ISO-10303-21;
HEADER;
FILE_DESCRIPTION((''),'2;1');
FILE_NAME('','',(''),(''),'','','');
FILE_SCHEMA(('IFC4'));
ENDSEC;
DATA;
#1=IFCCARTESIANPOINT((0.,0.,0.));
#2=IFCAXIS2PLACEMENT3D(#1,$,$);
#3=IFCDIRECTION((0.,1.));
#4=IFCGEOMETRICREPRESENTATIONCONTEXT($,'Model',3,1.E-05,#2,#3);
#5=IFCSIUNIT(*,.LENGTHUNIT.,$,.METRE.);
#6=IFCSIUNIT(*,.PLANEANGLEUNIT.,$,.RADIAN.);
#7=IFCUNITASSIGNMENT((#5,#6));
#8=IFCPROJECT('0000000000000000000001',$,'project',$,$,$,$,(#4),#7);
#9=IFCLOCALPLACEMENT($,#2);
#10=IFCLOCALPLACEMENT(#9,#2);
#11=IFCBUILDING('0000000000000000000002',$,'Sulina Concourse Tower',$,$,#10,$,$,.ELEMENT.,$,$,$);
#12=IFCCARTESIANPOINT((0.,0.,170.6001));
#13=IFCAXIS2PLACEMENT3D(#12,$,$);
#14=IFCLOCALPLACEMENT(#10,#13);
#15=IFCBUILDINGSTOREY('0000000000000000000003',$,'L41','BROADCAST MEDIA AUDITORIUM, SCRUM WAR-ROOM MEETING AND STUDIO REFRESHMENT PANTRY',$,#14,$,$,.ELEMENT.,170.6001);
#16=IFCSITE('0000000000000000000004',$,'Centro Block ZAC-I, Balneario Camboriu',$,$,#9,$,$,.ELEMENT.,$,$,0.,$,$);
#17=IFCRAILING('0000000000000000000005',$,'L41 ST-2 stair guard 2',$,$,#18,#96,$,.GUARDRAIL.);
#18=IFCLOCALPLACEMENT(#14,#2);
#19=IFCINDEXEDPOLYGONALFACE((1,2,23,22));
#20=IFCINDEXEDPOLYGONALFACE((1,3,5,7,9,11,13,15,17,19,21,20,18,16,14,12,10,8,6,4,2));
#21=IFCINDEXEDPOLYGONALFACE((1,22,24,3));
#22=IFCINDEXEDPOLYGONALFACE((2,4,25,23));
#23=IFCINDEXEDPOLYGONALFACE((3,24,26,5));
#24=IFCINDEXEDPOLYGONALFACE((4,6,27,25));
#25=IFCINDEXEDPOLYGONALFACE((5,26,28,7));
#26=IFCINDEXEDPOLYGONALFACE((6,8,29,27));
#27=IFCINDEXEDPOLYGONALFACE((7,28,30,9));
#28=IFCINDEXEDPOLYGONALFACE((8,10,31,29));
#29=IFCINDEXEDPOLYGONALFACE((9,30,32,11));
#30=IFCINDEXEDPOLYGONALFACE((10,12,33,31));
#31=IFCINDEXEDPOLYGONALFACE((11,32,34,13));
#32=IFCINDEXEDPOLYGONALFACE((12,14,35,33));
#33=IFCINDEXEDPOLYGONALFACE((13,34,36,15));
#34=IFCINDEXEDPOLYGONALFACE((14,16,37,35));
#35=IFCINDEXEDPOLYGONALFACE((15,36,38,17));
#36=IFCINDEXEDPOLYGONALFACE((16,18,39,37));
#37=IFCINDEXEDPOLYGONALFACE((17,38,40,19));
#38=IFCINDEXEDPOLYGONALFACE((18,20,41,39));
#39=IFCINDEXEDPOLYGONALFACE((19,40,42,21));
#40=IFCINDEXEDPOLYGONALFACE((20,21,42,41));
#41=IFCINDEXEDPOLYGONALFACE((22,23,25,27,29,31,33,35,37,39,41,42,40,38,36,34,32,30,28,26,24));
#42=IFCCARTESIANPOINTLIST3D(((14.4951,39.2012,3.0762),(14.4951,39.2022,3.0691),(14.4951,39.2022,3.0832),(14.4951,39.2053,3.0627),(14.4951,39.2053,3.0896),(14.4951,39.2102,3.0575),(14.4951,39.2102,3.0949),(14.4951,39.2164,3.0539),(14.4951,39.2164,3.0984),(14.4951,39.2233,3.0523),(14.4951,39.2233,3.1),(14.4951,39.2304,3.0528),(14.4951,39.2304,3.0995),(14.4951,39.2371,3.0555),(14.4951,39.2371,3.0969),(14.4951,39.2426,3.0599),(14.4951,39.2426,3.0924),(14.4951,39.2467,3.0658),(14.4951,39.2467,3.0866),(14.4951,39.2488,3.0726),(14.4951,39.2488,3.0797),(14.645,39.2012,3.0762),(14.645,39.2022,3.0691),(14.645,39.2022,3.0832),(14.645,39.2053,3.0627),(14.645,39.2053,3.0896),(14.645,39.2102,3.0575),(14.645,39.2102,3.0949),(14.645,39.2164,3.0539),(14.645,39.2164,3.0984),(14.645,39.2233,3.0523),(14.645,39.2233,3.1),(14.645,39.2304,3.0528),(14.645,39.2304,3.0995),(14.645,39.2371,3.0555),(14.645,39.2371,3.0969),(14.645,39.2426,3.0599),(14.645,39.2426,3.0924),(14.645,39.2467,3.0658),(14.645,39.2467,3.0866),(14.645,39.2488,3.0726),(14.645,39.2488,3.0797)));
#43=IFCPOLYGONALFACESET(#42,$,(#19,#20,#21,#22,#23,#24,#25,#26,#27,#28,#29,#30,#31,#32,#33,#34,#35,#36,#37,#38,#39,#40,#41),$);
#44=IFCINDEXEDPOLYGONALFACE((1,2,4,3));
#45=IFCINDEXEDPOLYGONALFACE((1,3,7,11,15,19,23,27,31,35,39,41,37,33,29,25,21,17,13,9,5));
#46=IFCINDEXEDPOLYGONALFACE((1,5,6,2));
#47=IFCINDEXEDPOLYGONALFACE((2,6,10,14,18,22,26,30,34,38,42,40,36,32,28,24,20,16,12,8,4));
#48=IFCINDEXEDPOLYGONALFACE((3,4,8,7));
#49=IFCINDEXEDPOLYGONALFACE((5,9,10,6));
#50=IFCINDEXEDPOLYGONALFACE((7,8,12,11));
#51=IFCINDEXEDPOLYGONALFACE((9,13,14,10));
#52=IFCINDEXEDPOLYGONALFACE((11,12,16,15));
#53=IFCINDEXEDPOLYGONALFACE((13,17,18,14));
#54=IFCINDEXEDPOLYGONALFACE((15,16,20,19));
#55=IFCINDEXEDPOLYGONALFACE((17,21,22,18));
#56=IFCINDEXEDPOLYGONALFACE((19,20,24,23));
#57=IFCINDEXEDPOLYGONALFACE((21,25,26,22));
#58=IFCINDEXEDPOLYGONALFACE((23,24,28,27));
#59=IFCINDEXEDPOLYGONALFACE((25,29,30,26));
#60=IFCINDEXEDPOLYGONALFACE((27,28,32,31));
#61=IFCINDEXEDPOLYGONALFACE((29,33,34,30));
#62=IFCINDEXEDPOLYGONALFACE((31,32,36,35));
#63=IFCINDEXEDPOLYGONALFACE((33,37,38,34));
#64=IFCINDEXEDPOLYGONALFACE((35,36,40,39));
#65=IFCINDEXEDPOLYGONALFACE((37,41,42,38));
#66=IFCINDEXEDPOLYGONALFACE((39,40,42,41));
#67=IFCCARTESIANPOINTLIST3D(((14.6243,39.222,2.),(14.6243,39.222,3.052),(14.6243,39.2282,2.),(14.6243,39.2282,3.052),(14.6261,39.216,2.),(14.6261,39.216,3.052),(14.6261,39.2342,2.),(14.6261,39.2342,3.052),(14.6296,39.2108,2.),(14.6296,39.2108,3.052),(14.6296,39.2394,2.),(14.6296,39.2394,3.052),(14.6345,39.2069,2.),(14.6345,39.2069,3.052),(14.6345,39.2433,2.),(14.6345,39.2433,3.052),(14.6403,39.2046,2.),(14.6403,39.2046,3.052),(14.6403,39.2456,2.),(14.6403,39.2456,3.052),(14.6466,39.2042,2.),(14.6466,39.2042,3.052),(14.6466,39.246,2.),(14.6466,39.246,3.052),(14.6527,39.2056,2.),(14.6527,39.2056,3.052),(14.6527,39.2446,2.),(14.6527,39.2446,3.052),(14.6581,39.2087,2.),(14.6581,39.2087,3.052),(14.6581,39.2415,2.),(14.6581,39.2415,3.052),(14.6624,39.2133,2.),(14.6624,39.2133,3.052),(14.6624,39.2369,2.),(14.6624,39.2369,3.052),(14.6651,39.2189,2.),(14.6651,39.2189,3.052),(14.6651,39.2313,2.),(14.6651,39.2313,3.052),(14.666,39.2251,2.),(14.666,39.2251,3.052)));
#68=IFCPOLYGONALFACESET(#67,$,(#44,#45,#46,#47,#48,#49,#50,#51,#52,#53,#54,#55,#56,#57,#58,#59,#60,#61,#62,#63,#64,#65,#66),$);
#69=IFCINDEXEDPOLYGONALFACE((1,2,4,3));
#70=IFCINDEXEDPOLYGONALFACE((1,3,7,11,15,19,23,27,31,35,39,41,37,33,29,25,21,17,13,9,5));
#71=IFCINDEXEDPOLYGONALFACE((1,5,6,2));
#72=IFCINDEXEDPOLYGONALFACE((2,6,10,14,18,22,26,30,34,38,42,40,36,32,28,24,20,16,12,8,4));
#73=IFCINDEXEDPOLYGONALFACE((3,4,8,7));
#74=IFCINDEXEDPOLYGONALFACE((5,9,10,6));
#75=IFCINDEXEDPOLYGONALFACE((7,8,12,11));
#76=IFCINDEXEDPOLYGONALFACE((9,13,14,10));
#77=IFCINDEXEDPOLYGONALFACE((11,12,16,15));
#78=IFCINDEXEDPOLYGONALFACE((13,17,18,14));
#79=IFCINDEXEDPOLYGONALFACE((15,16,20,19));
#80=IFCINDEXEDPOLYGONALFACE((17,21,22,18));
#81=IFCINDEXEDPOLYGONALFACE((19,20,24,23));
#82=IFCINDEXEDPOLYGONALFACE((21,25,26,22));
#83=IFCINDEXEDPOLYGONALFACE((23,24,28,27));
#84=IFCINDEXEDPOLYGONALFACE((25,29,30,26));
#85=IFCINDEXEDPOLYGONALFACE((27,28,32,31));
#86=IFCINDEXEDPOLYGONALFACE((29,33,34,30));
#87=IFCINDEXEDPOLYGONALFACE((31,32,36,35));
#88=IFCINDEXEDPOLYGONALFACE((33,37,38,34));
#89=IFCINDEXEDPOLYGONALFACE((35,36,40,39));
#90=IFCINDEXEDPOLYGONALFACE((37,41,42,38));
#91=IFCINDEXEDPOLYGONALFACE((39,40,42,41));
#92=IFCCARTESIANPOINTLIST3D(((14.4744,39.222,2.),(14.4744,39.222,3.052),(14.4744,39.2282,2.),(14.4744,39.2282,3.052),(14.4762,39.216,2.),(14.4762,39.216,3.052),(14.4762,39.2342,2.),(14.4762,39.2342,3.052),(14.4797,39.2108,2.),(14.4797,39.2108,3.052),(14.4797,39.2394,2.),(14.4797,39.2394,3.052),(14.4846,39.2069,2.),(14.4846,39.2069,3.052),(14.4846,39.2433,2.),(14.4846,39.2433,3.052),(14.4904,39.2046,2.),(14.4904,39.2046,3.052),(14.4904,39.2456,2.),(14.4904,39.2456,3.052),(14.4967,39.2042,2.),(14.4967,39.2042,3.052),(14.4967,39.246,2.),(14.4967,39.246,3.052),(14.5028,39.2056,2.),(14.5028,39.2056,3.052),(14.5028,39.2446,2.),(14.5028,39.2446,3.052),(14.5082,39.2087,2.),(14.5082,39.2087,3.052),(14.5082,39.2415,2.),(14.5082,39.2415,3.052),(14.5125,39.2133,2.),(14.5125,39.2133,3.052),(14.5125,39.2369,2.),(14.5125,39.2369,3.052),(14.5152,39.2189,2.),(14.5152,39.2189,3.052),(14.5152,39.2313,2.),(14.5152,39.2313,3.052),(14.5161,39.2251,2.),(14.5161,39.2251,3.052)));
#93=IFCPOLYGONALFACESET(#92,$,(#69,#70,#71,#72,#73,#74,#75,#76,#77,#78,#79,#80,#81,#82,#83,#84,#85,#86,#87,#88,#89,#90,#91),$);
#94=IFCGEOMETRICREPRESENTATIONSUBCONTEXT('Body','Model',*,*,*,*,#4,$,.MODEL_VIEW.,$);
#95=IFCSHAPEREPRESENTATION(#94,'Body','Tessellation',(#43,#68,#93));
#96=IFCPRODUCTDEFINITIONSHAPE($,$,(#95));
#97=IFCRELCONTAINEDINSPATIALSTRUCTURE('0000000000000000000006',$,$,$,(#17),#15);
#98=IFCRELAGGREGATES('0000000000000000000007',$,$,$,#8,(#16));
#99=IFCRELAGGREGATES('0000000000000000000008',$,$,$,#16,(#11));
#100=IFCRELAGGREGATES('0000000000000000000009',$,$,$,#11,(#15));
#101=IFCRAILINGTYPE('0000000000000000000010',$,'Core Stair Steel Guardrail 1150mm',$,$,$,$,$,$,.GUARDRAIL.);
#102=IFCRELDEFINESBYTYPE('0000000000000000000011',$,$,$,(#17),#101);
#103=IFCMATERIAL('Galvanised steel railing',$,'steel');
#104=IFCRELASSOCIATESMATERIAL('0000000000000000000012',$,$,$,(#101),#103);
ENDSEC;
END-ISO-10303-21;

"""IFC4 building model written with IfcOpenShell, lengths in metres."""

from ifc_helpers import new_model, si_unit, direction, frame, origin, origin_2d, place, context, subcontext, project, spatial, circle, extrude, material, type_object, element, save


model = new_model("IFC4")

# Units and contexts
model_context = context("Model", 3, precision=1e-05, world=origin(), true_north=direction((0.0, 1.0)))
body_context = subcontext(model_context, "Body", "Model", "MODEL_VIEW")
ifc_project = project(units=[si_unit("LENGTHUNIT", "METRE"), si_unit("PLANEANGLEUNIT", "RADIAN")], contexts=[model_context])

# Site, building, storey
site_placement = place(None, origin())
site = spatial("IfcSite", under=ifc_project, at=site_placement, Name="Centro Block ZAC-I, Balneario Camboriu", CompositionType="ELEMENT", RefElevation=0.0)
building_placement = place(site_placement, origin())
building = spatial("IfcBuilding", under=site, at=building_placement, Name="Sulina Concourse Tower", CompositionType="ELEMENT")
storey_placement = place(building_placement, frame((0.0, 0.0, 170.6001)))
storey = spatial("IfcBuildingStorey", under=building, at=storey_placement, Name="L41", Description="BROADCAST MEDIA AUDITORIUM, SCRUM WAR-ROOM MEETING AND STUDIO REFRESHMENT PANTRY", CompositionType="ELEMENT", Elevation=170.6001)

# Railing
ifc_material_1 = material(Name="Galvanised steel railing", Category="steel")
railing_type_1 = type_object("IfcRailingType", Name="Core Stair Steel Guardrail 1150mm", PredefinedType="GUARDRAIL", material=ifc_material_1)
railing_1_placement = place(storey_placement, frame((14.645, 39.2251, 2.0)))
element("IfcRailing", 1, at=railing_1_placement, inside=storey, type_object=railing_type_1, Name="L41 ST-2 stair guard 2", PredefinedType="GUARDRAIL", context=body_context, shape_type="SweptSolid", body=[
    extrude(circle(Radius=0.0239, at=origin_2d()), frame((0.0, 0.0, 1.0762), z_axis=(-1.0, 0.0, 0.0), x_axis=(0.0, -1.0, 0.0)), (0.0, 0.0, 1.0), 0.1499),
    extrude(circle(Radius=0.021, at=origin_2d()), origin(), (0.0, 0.0, 1.0), 1.052),
    extrude(circle(Radius=0.021, at=origin_2d()), frame((-0.1499, 0.0, 0.0)), (0.0, 0.0, 1.0), 1.052),
])

save(model, "model.ifc")
